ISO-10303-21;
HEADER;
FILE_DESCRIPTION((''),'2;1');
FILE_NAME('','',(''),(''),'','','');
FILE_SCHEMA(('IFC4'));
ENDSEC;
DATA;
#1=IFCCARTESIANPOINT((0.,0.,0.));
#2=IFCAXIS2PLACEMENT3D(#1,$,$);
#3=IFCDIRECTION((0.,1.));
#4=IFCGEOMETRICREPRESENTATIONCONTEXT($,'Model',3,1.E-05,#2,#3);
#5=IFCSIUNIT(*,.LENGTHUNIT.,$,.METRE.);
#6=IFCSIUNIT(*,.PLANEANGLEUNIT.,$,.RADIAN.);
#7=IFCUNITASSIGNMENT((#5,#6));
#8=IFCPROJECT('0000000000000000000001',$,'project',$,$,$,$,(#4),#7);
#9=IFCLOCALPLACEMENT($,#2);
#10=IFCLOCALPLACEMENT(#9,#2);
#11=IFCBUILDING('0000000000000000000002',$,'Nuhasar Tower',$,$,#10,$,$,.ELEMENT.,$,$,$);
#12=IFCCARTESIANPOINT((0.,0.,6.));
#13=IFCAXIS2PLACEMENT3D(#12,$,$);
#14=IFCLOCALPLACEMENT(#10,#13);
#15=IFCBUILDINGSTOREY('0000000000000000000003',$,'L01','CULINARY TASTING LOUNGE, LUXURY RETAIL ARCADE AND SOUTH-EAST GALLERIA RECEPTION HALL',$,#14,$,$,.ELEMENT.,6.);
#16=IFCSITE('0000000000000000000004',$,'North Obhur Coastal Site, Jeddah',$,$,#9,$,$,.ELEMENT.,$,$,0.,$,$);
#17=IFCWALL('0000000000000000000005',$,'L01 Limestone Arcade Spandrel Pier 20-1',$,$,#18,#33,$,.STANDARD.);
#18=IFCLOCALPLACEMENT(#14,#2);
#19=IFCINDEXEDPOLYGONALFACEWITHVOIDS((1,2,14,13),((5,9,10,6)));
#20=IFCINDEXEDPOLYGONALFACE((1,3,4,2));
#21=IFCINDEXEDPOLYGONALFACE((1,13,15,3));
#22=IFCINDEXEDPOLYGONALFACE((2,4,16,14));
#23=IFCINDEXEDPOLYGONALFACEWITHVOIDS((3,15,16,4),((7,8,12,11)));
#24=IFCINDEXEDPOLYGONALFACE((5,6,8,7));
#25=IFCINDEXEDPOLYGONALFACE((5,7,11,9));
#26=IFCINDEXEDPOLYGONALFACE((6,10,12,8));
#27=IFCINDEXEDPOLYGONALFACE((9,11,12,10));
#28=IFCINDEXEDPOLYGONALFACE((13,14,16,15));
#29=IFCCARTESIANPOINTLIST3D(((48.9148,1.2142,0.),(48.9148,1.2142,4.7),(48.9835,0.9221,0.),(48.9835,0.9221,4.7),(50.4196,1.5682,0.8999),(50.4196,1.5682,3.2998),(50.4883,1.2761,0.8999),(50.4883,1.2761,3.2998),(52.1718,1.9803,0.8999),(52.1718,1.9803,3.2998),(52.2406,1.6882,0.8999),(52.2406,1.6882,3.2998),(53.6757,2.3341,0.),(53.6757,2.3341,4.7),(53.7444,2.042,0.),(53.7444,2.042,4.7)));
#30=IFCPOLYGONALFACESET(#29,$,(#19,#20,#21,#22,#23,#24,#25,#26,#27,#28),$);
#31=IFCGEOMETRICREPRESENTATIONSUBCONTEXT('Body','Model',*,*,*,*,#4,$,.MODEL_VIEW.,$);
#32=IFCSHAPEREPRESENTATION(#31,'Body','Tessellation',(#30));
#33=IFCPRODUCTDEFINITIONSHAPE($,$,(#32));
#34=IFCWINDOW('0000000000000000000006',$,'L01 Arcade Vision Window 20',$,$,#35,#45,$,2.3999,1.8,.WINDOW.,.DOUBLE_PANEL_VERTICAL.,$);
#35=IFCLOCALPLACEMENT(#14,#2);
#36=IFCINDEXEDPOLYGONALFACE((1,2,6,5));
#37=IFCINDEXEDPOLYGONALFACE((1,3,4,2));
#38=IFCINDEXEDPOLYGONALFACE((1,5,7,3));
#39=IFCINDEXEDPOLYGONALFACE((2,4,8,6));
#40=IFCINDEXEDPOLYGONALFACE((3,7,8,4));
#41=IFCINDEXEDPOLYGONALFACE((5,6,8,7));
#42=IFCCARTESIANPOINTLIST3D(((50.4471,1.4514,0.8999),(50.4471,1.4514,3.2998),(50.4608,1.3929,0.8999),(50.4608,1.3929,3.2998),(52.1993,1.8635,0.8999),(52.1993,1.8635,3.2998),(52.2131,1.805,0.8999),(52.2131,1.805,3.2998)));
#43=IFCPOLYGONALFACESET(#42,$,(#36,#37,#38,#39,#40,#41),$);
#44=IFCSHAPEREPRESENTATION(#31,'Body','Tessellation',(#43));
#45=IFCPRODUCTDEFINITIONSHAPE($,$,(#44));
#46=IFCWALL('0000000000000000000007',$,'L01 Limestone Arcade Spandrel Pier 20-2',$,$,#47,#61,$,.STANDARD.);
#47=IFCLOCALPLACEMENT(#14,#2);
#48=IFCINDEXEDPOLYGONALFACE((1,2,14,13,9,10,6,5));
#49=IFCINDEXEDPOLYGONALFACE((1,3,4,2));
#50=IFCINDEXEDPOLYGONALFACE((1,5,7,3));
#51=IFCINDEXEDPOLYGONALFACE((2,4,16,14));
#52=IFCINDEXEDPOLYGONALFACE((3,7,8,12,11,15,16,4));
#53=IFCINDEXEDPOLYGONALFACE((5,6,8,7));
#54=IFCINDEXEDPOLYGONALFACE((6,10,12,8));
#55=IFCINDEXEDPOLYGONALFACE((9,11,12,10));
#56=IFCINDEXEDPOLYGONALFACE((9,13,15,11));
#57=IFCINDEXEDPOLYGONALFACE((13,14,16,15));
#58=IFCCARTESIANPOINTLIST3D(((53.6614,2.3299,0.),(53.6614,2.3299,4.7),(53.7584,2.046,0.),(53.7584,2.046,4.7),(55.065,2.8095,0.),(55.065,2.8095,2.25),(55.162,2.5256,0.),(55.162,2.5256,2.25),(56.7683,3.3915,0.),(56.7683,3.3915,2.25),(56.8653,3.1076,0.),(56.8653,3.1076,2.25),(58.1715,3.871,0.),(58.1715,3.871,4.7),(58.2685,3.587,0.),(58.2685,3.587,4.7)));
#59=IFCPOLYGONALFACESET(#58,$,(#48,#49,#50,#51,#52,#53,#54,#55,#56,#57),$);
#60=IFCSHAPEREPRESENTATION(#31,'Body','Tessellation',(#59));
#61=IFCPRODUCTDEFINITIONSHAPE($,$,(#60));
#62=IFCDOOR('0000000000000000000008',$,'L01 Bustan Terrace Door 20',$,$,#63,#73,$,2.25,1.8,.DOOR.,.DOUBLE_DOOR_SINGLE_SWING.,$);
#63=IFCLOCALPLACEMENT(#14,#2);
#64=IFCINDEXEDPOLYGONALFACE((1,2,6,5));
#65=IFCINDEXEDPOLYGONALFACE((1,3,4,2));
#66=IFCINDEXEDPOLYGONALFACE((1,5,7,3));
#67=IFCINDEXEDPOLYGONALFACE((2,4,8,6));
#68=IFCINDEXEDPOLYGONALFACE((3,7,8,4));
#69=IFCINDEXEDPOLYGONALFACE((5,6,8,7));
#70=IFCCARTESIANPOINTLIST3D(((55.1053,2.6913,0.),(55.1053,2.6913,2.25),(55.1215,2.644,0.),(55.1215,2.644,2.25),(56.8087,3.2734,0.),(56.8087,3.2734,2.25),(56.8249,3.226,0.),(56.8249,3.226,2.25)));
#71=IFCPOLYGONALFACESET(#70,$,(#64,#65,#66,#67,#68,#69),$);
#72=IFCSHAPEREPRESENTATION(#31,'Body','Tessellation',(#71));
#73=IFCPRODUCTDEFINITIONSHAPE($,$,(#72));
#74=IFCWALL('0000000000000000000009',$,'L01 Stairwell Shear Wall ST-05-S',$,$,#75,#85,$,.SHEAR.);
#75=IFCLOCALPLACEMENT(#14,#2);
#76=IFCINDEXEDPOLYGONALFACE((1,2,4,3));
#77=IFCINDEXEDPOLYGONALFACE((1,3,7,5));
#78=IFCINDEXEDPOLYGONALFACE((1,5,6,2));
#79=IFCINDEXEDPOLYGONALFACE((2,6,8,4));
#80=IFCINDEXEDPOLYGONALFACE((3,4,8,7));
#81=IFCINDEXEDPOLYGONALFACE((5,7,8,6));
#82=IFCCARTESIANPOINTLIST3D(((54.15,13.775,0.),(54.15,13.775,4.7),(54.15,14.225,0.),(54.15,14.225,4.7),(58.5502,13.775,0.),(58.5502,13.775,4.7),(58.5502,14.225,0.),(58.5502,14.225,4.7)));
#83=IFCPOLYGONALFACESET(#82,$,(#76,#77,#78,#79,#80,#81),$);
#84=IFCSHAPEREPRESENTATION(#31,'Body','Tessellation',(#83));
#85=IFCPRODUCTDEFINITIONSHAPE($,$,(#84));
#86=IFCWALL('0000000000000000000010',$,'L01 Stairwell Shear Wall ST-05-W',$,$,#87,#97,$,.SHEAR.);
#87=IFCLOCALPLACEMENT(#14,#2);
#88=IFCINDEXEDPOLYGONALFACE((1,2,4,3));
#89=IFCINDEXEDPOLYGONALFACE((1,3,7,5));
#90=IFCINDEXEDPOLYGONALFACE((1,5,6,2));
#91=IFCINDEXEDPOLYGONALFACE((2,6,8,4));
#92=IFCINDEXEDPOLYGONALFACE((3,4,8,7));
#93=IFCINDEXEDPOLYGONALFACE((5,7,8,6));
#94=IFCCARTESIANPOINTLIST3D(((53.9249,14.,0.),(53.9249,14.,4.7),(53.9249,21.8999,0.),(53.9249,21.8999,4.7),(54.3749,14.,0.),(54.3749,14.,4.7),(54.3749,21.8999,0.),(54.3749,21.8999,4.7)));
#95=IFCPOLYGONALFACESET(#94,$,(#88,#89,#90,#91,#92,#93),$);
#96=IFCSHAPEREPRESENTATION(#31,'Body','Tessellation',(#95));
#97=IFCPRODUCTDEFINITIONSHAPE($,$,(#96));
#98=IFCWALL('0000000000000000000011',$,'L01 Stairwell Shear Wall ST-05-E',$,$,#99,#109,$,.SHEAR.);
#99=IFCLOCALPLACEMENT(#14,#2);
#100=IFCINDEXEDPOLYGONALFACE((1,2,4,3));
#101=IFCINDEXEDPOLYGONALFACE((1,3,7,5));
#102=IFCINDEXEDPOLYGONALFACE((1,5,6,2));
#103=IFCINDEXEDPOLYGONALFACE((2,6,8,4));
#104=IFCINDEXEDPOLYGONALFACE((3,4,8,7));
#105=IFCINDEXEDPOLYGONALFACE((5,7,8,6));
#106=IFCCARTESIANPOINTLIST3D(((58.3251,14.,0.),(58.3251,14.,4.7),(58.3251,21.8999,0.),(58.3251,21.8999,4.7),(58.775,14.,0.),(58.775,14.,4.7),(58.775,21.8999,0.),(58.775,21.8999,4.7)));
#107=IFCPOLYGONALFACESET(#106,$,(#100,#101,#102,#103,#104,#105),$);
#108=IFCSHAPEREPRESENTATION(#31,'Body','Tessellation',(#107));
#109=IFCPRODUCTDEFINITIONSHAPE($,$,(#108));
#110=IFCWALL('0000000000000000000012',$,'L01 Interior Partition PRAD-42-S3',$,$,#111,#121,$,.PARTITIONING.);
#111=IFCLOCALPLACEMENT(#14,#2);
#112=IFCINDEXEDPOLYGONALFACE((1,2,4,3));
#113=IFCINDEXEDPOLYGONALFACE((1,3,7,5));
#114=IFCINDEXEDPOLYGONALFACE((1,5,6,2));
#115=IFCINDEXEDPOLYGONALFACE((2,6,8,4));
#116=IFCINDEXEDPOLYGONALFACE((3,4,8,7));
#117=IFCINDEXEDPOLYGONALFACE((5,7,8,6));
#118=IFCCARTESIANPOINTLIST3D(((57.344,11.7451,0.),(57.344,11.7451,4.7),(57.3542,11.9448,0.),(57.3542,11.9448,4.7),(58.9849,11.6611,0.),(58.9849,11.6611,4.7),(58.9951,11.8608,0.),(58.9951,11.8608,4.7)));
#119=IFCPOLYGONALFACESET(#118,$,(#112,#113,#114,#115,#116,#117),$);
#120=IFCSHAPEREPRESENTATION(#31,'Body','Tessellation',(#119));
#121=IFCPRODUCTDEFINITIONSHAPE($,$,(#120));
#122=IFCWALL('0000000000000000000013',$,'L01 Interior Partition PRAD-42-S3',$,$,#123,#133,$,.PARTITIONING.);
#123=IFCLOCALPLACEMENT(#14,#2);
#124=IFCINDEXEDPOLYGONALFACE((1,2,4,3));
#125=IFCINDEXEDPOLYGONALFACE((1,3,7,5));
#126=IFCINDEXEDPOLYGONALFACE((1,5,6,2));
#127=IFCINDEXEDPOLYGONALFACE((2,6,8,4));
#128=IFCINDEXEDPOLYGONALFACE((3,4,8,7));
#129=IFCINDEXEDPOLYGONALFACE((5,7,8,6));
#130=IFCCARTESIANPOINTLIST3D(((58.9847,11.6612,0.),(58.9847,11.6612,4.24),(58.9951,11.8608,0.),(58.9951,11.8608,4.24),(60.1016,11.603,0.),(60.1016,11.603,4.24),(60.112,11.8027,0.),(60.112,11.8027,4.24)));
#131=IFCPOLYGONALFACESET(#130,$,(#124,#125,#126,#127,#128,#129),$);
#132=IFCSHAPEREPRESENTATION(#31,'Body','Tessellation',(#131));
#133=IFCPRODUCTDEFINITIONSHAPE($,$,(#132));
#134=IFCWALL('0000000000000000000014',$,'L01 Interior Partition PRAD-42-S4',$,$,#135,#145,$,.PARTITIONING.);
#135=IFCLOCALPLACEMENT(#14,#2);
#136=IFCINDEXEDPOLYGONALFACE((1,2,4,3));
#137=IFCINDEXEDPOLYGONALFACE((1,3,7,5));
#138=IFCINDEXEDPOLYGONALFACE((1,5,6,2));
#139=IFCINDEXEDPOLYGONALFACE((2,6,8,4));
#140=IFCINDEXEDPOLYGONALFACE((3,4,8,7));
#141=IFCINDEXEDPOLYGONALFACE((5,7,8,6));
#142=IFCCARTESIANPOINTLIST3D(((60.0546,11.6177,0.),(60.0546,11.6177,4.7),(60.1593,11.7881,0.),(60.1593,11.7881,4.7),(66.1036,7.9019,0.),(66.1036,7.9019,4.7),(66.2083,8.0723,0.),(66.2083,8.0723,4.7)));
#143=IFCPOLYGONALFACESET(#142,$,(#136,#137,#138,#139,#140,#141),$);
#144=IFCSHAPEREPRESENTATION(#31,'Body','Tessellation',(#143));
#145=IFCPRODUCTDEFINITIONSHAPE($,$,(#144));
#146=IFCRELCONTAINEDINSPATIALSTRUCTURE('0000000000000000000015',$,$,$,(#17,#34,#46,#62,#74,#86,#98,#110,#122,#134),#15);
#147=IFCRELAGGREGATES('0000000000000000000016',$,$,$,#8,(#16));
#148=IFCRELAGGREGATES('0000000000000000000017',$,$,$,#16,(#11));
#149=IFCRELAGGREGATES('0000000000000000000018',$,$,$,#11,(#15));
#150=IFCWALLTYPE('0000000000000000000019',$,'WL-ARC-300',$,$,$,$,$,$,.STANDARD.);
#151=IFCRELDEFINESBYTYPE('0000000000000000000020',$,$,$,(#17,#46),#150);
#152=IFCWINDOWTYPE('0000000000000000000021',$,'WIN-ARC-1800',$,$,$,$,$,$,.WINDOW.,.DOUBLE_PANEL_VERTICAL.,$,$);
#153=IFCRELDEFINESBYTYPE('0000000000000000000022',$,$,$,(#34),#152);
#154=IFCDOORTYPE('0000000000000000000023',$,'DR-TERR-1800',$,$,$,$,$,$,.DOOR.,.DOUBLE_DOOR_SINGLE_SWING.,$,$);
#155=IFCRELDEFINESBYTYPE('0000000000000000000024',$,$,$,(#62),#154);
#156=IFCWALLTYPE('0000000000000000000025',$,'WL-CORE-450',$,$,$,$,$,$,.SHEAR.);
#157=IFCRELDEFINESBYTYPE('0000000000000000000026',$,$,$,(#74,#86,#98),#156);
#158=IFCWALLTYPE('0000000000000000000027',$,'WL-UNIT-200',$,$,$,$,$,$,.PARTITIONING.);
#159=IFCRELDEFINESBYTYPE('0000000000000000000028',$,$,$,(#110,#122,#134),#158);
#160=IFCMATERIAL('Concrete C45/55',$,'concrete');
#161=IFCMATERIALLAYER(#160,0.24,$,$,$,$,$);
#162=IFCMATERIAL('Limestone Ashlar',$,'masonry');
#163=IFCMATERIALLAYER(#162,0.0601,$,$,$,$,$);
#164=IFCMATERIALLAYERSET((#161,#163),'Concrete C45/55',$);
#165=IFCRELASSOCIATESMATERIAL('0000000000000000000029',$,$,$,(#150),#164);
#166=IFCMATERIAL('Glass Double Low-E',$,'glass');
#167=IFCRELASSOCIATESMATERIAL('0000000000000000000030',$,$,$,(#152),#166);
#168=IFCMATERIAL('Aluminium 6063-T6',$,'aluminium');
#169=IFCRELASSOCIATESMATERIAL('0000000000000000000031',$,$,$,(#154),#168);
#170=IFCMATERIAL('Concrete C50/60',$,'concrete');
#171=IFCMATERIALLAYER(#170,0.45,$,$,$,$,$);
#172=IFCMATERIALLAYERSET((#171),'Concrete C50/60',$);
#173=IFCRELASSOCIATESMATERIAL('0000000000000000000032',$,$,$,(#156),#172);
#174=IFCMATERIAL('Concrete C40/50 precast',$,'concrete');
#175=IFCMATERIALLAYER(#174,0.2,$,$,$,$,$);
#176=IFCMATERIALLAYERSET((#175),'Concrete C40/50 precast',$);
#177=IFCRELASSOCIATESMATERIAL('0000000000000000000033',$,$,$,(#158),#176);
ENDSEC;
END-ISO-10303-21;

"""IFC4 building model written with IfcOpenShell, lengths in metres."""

from ifc_helpers import new_model, si_unit, direction, frame, frame_2d, origin, place, context, subcontext, project, spatial, rectangle, extrude, material, layer, layer_set, type_object, element, fill, save


model = new_model("IFC4")

# Units and contexts
model_context = context("Model", 3, precision=1e-05, world=origin(), true_north=direction((0.0, 1.0)))
body_context = subcontext(model_context, "Body", "Model", "MODEL_VIEW")
ifc_project = project(units=[si_unit("LENGTHUNIT", "METRE"), si_unit("PLANEANGLEUNIT", "RADIAN")], contexts=[model_context])

# Site, building, storey
site_placement = place(None, origin())
site = spatial("IfcSite", under=ifc_project, at=site_placement, Name="North Obhur Coastal Site, Jeddah", CompositionType="ELEMENT", RefElevation=0.0)
building_placement = place(site_placement, origin())
building = spatial("IfcBuilding", under=site, at=building_placement, Name="Nuhasar Tower", CompositionType="ELEMENT")
storey_placement = place(building_placement, frame((0.0, 0.0, 6.0)))
storey = spatial("IfcBuildingStorey", under=building, at=storey_placement, Name="L01", Description="CULINARY TASTING LOUNGE, LUXURY RETAIL ARCADE AND SOUTH-EAST GALLERIA RECEPTION HALL", CompositionType="ELEMENT", Elevation=6.0)

# Shared definitions
ifc_material_1 = material(Name="Concrete C50/60", Category="concrete")

# Shared definitions
ifc_material_2 = material(Name="Aluminium 6063-T6", Category="aluminium")
ifc_material_3 = material(Name="Glass Double Low-E", Category="glass")

# Wall, opening, window
ifc_material_4 = material(Name="Concrete C45/55", Category="concrete")
ifc_layer_1 = layer(ifc_material_4, 0.24)
ifc_material_5 = material(Name="Limestone Ashlar", Category="masonry")
ifc_layer_2 = layer(ifc_material_5, 0.0601)
ifc_layer_set_1 = layer_set([ifc_layer_1, ifc_layer_2], Name="Concrete C45/55")
wall_type_1 = type_object("IfcWallType", Name="WL-ARC-300", PredefinedType="STANDARD", material=ifc_layer_set_1)
wall_1_placement = place(storey_placement, frame((53.71, 2.188, 0.0), z_axis=(0.0, 0.0, 1.0), x_axis=(-0.973434, -0.22897, 0.0)))
wall_1 = element("IfcWall", 1, at=wall_1_placement, inside=storey, type_object=wall_type_1, Name="L01 Limestone Arcade Spandrel Pier 20-1", PredefinedType="STANDARD", context=body_context, shape_type="SweptSolid", body=[
    extrude(rectangle(XDim=4.8909, YDim=0.3, at=frame_2d((2.4453, 0.0))), origin(), (0.0, 0.0, 1.0), 4.7),
])
opening_1_placement = place(wall_1_placement, frame((1.5449, 0.0, 0.8999)))
opening_1 = element("IfcOpeningElement", 2, at=opening_1_placement, cuts=wall_1, PredefinedType="OPENING", context=body_context, shape_type="SweptSolid", body=[
    extrude(rectangle(XDim=1.8, YDim=2.3999, at=frame_2d((0.8999, 1.2))), frame((0.0, 0.1602, 0.0), z_axis=(0.0, -1.0, 0.0), x_axis=(1.0, 0.0, 0.0)), (0.0, 0.0, 1.0), 0.3201),
])
window_type = type_object("IfcWindowType", Name="WIN-ARC-1800", PartitioningType="DOUBLE_PANEL_VERTICAL", PredefinedType="WINDOW", material=ifc_material_3)
window_placement = place(opening_1_placement, origin())
window = element("IfcWindow", 3, at=window_placement, inside=storey, type_object=window_type, Name="L01 Arcade Vision Window 20", OverallHeight=2.3999, OverallWidth=1.8, PartitioningType="DOUBLE_PANEL_VERTICAL", PredefinedType="WINDOW", context=body_context, shape_type="SweptSolid", body=[
    extrude(rectangle(XDim=1.8, YDim=2.3999, at=frame_2d((0.8999, 1.2))), frame((0.0, 0.03, 0.0), z_axis=(0.0, -1.0, 0.0), x_axis=(1.0, 0.0, 0.0)), (0.0, 0.0, 1.0), 0.0601),
])
fill(opening_1, window)

# Wall, opening, door
wall_2_placement = place(storey_placement, frame((58.22, 3.729, 0.0), z_axis=(0.0, 0.0, 1.0), x_axis=(-0.946285, -0.323334, 0.0)))
wall_2 = element("IfcWall", 4, at=wall_2_placement, inside=storey, type_object=wall_type_1, Name="L01 Limestone Arcade Spandrel Pier 20-2", PredefinedType="STANDARD", context=body_context, shape_type="SweptSolid", body=[
    extrude(rectangle(XDim=4.7661, YDim=0.3, at=frame_2d((2.3831, 0.0))), origin(), (0.0, 0.0, 1.0), 4.7),
])
opening_2_placement = place(wall_2_placement, frame((1.4829, 0.0, 0.0)))
opening_2 = element("IfcOpeningElement", 5, at=opening_2_placement, cuts=wall_2, PredefinedType="OPENING", context=body_context, shape_type="SweptSolid", body=[
    extrude(rectangle(XDim=1.8, YDim=2.25, at=frame_2d((0.8999, 1.125))), frame((0.0, 0.1602, 0.0), z_axis=(0.0, -1.0, 0.0), x_axis=(1.0, 0.0, 0.0)), (0.0, 0.0, 1.0), 0.3201),
])
door_type_1 = type_object("IfcDoorType", Name="DR-TERR-1800", OperationType="DOUBLE_DOOR_SINGLE_SWING", PredefinedType="DOOR", material=ifc_material_2)
door_1_placement = place(opening_2_placement, origin())
door_1 = element("IfcDoor", 6, at=door_1_placement, inside=storey, type_object=door_type_1, Name="L01 Bustan Terrace Door 20", OperationType="DOUBLE_DOOR_SINGLE_SWING", OverallHeight=2.25, OverallWidth=1.8, PredefinedType="DOOR", context=body_context, shape_type="SweptSolid", body=[
    extrude(rectangle(XDim=1.8, YDim=2.25, at=frame_2d((0.8999, 1.125))), frame((0.0, 0.0249, 0.0), z_axis=(0.0, -1.0, 0.0), x_axis=(1.0, 0.0, 0.0)), (0.0, 0.0, 1.0), 0.05),
])
fill(opening_2, door_1)

# Wall
ifc_layer_3 = layer(ifc_material_1, 0.45)
ifc_layer_set_2 = layer_set([ifc_layer_3], Name="Concrete C50/60")
wall_type_2 = type_object("IfcWallType", Name="WL-CORE-450", PredefinedType="SHEAR", material=ifc_layer_set_2)
wall_3_placement = place(storey_placement, frame((54.1499, 14.0, 0.0), z_axis=(0.0, 0.0, 1.0), x_axis=(1.0, 0.0, 0.0)))
element("IfcWall", 7, at=wall_3_placement, inside=storey, type_object=wall_type_2, Name="L01 Stairwell Shear Wall ST-05-S", PredefinedType="SHEAR", context=body_context, shape_type="SweptSolid", body=[
    extrude(rectangle(XDim=4.4001, YDim=0.45, at=frame_2d((2.2002, 0.0))), origin(), (0.0, 0.0, 1.0), 4.7),
])

# Walls
for number, where, z_axis, x_axis, name in (
    (8, (54.1499, 14.0, 0.0), (0.0, 0.0, 1.0), (0.0, 1.0, 0.0), "L01 Stairwell Shear Wall ST-05-W"),
    (9, (58.55, 14.0, 0.0), (0.0, 0.0, 1.0), (0.0, 1.0, 0.0), "L01 Stairwell Shear Wall ST-05-E"),
):
    element("IfcWall", number, at=place(storey_placement, frame(where, z_axis=z_axis, x_axis=x_axis)), inside=storey, type_object=wall_type_2, Name=name, PredefinedType="SHEAR", context=body_context, shape_type="SweptSolid", body=[
        extrude(rectangle(XDim=7.8999, YDim=0.45, at=frame_2d((3.95, 0.0))), origin(), (0.0, 0.0, 1.0), 4.7),
    ])
ifc_material_6 = material(Name="Concrete C40/50 precast", Category="concrete")
ifc_layer_4 = layer(ifc_material_6, 0.2)
ifc_layer_set_3 = layer_set([ifc_layer_4], Name="Concrete C40/50 precast")
wall_type_3 = type_object("IfcWallType", Name="WL-UNIT-200", PredefinedType="PARTITIONING", material=ifc_layer_set_3)
wall_4_placement = place(storey_placement, frame((57.3491, 11.845, 0.0), z_axis=(0.0, 0.0, 1.0), x_axis=(0.998693, -0.051116, 0.0)))
element("IfcWall", 10, at=wall_4_placement, inside=storey, type_object=wall_type_3, Name="L01 Interior Partition PRAD-42-S3", PredefinedType="PARTITIONING", context=body_context, shape_type="SweptSolid", body=[
    extrude(rectangle(XDim=1.6431, YDim=0.2, at=frame_2d((0.8215, 0.0))), origin(), (0.0, 0.0, 1.0), 4.7),
])
wall_5_placement = place(storey_placement, frame((58.99, 11.761, 0.0), z_axis=(0.0, 0.0, 1.0), x_axis=(0.99865, -0.051952, 0.0)))
element("IfcWall", 11, at=wall_5_placement, inside=storey, type_object=wall_type_3, Name="L01 Interior Partition PRAD-42-S3", PredefinedType="PARTITIONING", context=body_context, shape_type="SweptSolid", body=[
    extrude(rectangle(XDim=1.1184, YDim=0.2, at=frame_2d((0.5591, 0.0))), origin(), (0.0, 0.0, 1.0), 4.24),
])
wall_6_placement = place(storey_placement, frame((60.1069, 11.7029, 0.0), z_axis=(0.0, 0.0, 1.0), x_axis=(0.852078, -0.523414, 0.0)))
element("IfcWall", 12, at=wall_6_placement, inside=storey, type_object=wall_type_3, Name="L01 Interior Partition PRAD-42-S4", PredefinedType="PARTITIONING", context=body_context, shape_type="SweptSolid", body=[
    extrude(rectangle(XDim=7.0991, YDim=0.2, at=frame_2d((3.5496, 0.0))), origin(), (0.0, 0.0, 1.0), 4.7),
])

save(model, "model.ifc")
